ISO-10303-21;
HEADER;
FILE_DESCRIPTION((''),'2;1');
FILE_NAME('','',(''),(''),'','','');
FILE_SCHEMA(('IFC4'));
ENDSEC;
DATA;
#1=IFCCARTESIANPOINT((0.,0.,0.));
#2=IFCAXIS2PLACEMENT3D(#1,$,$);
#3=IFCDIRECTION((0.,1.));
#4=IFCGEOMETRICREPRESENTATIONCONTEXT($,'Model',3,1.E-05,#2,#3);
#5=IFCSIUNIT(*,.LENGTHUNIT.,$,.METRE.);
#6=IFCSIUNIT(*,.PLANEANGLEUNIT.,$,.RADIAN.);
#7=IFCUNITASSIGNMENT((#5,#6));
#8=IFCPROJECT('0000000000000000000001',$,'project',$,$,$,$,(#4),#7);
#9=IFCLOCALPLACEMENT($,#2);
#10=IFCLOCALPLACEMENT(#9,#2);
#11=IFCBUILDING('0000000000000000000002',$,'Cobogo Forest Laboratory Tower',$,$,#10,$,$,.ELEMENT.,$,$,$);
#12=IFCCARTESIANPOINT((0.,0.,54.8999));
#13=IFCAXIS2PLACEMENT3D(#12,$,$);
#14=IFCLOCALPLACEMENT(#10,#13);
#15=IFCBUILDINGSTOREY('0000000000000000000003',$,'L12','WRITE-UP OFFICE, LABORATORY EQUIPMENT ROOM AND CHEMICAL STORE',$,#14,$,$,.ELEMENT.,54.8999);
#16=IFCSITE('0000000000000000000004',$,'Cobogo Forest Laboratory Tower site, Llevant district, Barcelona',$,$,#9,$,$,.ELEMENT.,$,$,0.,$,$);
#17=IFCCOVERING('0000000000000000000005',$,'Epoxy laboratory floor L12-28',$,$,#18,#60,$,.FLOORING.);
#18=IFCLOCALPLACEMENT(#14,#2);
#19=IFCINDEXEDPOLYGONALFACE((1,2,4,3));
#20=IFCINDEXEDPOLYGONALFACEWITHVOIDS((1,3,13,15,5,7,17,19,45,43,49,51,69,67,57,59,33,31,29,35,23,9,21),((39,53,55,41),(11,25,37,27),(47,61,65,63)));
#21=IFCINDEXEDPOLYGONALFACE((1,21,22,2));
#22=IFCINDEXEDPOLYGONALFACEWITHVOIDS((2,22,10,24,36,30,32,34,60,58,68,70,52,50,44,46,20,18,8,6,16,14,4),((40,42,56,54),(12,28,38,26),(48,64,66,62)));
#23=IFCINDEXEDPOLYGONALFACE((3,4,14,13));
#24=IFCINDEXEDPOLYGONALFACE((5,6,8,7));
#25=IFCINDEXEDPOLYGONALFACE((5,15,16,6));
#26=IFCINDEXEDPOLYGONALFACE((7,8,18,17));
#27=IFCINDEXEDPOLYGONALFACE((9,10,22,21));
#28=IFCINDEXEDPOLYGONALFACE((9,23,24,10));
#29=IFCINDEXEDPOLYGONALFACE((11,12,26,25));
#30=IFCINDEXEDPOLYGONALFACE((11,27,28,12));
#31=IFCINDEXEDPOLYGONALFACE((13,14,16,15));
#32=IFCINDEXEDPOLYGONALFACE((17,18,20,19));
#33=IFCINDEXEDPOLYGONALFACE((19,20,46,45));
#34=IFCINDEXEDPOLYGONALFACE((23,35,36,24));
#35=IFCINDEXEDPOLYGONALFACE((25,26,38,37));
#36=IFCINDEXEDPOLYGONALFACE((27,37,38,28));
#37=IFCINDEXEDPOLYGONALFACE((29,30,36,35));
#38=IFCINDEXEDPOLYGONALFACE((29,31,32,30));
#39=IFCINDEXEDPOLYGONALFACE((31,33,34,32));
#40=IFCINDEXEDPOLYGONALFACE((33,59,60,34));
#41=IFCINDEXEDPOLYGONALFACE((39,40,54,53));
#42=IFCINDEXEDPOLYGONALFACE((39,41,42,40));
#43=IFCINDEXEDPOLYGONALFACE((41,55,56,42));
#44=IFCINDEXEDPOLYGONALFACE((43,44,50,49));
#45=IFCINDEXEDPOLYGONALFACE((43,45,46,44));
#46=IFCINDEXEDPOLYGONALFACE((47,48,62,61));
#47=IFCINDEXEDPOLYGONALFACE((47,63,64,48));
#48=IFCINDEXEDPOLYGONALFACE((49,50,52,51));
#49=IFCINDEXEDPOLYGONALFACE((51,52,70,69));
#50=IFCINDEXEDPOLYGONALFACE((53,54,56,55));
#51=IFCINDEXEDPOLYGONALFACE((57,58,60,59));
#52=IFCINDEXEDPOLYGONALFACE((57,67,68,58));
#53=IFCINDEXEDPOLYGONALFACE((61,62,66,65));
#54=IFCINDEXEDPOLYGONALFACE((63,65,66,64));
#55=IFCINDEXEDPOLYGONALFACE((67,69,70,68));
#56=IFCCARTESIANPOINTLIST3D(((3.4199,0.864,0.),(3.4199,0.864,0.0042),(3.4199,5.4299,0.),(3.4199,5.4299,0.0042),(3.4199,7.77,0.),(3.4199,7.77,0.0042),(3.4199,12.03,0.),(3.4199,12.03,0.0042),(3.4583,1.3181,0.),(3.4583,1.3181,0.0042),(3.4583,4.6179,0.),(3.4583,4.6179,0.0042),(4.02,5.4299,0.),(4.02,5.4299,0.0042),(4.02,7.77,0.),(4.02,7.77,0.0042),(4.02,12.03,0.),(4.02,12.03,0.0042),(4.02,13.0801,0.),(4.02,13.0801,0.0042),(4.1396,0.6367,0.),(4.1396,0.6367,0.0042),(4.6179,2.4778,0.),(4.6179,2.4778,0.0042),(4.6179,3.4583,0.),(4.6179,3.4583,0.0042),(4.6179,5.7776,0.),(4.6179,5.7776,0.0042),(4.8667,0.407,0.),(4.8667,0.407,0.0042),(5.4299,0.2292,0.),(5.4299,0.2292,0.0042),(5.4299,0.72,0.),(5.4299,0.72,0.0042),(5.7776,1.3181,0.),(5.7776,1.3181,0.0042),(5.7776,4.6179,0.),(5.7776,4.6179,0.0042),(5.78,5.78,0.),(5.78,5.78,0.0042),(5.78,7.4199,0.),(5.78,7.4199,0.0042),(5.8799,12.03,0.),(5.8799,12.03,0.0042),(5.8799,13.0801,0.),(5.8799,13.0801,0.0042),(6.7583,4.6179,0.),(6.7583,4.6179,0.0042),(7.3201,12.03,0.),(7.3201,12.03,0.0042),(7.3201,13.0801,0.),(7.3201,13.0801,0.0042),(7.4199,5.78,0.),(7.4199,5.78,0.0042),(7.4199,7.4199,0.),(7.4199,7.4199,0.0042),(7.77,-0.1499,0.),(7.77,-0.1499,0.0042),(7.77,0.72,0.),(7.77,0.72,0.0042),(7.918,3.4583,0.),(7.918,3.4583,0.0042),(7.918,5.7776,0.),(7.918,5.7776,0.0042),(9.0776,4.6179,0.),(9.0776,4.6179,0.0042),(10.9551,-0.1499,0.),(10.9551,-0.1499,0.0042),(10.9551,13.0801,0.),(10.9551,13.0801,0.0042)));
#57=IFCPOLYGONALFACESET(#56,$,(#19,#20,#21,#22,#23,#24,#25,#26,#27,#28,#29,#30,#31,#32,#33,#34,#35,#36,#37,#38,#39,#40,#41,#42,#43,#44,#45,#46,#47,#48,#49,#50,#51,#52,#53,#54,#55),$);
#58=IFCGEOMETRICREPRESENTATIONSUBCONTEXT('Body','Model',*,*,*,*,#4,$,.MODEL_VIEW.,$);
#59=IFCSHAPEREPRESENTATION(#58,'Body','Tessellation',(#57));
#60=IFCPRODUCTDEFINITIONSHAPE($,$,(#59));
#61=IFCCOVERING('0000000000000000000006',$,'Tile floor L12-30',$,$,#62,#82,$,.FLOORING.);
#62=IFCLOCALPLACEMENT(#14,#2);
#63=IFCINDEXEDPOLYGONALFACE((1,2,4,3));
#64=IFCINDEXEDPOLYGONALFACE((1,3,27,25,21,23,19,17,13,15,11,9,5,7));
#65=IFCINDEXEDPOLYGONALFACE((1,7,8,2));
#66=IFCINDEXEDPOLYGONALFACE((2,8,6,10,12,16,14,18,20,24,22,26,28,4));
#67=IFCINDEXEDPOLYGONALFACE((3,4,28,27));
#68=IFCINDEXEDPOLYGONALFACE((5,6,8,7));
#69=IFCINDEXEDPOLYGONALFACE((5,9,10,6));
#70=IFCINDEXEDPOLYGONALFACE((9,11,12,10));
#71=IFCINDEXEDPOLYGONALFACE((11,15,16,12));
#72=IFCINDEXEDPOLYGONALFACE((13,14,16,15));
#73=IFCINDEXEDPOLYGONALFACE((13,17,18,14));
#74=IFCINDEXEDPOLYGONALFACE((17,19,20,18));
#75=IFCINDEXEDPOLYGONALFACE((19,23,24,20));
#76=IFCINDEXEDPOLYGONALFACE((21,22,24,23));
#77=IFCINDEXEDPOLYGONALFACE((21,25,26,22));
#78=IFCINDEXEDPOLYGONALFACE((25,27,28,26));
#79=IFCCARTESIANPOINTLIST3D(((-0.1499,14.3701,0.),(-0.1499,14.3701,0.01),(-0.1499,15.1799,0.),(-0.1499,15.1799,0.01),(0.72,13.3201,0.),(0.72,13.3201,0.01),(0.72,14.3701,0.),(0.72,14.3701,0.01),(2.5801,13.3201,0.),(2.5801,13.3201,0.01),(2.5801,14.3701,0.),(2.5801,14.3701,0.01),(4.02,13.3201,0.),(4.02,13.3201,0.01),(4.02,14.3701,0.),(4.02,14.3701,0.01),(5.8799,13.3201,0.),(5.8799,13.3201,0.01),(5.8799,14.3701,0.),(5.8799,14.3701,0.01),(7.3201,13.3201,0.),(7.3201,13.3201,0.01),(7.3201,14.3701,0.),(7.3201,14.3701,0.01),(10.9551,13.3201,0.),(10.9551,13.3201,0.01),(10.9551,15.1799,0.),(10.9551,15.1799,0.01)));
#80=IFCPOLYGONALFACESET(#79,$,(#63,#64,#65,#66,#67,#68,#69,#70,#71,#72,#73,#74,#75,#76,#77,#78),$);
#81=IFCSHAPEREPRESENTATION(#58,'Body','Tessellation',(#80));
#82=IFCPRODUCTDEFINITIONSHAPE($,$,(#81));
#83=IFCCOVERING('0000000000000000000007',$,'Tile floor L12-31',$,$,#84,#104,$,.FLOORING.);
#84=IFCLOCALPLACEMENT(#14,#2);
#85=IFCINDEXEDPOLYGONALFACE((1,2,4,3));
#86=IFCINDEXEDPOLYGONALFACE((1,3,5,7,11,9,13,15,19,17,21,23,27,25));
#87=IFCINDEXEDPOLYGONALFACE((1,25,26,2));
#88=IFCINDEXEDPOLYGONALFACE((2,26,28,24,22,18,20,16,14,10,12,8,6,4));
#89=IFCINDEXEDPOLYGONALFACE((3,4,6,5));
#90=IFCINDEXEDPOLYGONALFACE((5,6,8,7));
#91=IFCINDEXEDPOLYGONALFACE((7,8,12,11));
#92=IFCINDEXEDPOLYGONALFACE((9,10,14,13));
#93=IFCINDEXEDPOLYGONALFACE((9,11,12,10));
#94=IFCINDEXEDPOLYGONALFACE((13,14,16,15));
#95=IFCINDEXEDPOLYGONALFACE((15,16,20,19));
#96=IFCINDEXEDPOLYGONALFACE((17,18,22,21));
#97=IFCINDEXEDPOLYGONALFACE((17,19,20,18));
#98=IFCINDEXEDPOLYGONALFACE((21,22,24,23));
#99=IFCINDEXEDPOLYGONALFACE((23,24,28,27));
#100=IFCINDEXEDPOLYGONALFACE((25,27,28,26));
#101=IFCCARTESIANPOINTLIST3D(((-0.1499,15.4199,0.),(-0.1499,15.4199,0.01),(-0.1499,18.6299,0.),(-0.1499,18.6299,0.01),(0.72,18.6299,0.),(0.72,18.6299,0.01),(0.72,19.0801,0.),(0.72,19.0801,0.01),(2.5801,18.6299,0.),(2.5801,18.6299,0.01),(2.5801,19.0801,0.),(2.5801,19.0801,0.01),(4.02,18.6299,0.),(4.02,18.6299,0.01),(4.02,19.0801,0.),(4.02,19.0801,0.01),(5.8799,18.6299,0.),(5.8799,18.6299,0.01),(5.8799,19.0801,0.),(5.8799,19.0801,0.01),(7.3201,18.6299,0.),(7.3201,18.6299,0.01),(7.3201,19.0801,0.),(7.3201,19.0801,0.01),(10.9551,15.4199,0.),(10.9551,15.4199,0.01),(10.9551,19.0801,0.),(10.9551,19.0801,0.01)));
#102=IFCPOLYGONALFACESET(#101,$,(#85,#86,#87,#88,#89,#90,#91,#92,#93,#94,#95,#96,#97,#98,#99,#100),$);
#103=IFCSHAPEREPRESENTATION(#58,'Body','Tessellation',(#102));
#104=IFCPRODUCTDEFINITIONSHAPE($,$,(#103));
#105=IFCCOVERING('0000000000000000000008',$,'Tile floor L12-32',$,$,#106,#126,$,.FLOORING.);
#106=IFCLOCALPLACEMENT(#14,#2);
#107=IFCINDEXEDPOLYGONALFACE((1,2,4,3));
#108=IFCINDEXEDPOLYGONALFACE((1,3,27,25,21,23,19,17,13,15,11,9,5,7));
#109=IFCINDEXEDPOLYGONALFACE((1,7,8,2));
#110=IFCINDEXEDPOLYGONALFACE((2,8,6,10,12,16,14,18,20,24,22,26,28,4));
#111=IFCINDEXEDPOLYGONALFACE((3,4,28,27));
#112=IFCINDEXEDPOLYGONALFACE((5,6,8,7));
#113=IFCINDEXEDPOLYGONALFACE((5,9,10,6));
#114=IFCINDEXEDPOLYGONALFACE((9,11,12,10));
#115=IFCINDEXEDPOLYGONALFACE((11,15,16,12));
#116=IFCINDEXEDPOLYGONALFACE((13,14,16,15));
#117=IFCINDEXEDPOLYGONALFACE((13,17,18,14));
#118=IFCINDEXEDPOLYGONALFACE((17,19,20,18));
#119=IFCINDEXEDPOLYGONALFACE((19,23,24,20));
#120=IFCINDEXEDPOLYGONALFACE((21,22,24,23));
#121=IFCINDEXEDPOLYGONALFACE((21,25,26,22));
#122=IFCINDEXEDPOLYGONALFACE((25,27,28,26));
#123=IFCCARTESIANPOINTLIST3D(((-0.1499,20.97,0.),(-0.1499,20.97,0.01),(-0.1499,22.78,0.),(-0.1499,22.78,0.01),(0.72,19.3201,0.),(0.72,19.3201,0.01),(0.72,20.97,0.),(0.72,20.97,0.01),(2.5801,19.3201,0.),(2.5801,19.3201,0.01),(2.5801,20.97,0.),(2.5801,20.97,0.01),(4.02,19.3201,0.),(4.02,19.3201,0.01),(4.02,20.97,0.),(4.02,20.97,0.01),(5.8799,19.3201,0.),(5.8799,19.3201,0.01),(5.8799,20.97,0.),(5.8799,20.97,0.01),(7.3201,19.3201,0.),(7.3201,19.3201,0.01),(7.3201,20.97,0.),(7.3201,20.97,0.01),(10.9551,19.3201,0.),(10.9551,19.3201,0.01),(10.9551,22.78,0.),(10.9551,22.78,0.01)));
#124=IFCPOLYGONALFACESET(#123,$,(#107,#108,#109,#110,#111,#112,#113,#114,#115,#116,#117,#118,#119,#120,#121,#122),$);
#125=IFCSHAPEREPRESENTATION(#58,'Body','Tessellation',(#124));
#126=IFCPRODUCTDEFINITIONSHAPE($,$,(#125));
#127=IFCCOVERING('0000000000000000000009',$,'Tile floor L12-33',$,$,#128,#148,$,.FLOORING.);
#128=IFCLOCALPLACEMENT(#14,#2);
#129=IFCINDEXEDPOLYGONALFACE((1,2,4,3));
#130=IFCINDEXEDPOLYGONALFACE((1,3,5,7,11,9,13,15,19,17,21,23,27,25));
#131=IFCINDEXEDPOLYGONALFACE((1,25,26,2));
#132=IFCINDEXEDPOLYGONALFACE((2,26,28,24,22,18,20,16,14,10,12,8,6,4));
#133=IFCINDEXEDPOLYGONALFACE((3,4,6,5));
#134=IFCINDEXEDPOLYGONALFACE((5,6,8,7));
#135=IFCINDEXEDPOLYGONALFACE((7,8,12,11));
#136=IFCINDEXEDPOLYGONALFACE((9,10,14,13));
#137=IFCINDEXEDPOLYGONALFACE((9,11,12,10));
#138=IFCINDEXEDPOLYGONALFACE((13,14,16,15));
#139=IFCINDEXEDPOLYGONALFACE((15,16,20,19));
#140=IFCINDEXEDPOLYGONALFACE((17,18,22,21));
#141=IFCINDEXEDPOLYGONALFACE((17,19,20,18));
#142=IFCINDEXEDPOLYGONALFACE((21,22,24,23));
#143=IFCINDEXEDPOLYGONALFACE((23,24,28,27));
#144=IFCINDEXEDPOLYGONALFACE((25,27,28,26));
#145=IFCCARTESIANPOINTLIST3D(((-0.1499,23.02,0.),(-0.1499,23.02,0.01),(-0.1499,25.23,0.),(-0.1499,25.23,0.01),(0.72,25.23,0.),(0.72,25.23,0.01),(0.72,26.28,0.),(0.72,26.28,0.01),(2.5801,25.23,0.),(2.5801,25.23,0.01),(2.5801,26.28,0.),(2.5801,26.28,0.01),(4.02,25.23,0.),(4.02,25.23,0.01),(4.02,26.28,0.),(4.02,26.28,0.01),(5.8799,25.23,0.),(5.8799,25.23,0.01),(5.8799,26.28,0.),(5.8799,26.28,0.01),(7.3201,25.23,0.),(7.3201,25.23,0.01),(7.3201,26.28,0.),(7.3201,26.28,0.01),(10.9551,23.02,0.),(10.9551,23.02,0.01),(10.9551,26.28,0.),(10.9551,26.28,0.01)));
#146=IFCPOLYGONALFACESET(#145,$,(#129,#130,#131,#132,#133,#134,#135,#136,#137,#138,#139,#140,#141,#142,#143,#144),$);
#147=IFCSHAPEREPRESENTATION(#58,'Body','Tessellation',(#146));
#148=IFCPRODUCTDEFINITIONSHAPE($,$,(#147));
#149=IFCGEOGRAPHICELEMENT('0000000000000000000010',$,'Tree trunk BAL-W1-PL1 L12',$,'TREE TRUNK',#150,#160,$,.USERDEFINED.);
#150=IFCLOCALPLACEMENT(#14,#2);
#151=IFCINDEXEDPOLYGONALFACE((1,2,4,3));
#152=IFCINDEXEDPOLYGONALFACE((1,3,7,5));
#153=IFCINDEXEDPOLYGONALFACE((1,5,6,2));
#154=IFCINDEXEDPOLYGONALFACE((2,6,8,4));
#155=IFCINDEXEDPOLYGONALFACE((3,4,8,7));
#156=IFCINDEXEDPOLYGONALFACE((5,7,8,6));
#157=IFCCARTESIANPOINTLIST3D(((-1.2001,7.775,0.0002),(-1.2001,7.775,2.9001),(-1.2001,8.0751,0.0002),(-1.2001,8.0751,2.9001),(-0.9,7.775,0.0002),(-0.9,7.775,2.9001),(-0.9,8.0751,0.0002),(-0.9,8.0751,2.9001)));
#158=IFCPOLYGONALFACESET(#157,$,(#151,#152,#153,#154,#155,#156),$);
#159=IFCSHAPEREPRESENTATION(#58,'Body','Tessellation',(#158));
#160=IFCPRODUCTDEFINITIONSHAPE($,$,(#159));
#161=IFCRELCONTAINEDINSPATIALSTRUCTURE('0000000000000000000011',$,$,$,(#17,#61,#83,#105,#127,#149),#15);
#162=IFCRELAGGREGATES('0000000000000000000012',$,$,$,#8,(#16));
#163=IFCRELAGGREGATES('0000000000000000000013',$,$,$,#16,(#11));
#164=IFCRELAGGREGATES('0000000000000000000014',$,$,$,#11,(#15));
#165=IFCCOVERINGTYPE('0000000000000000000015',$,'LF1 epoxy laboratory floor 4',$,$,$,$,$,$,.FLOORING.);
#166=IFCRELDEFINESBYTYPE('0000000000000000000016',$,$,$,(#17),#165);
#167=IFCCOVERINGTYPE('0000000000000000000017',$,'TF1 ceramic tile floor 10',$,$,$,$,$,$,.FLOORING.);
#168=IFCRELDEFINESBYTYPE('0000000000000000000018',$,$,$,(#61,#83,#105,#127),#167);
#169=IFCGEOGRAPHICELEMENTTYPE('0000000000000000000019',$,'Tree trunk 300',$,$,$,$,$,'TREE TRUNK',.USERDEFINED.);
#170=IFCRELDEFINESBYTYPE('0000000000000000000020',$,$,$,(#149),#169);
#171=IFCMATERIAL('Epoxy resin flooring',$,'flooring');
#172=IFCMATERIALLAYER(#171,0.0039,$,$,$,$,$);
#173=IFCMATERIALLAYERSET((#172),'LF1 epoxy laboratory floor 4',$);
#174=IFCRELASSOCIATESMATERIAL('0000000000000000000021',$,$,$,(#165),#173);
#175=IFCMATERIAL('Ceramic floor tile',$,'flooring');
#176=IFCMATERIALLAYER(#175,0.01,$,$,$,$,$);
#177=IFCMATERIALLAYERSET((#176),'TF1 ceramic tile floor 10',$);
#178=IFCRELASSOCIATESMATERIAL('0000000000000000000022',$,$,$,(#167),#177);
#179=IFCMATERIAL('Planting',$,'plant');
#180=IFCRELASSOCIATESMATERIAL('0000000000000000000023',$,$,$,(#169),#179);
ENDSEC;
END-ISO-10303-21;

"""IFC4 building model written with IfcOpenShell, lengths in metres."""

from ifc_helpers import new_model, si_unit, direction, frame, origin, origin_2d, place, context, subcontext, project, spatial, polyline, rectangle, outline, extrude, material, layer, layer_set, type_object, element, save


model = new_model("IFC4")

# Units and contexts
model_context = context("Model", 3, precision=1e-05, world=origin(), true_north=direction((0.0, 1.0)))
body_context = subcontext(model_context, "Body", "Model", "MODEL_VIEW")
ifc_project = project(units=[si_unit("LENGTHUNIT", "METRE"), si_unit("PLANEANGLEUNIT", "RADIAN")], contexts=[model_context])

# Site, building, storey
site_placement = place(None, origin())
site = spatial("IfcSite", under=ifc_project, at=site_placement, Name="Cobogo Forest Laboratory Tower site, Llevant district, Barcelona", CompositionType="ELEMENT", RefElevation=0.0)
building_placement = place(site_placement, origin())
building = spatial("IfcBuilding", under=site, at=building_placement, Name="Cobogo Forest Laboratory Tower", CompositionType="ELEMENT")
storey_placement = place(building_placement, frame((0.0, 0.0, 54.8999)))
storey = spatial("IfcBuildingStorey", under=building, at=storey_placement, Name="L12", Description="WRITE-UP OFFICE, LABORATORY EQUIPMENT ROOM AND CHEMICAL STORE", CompositionType="ELEMENT", Elevation=54.8999)

# Coverings
ifc_material_1 = material(Name="Epoxy resin flooring", Category="flooring")
ifc_layer_1 = layer(ifc_material_1, 0.0039)
ifc_layer_set_1 = layer_set([ifc_layer_1], Name="LF1 epoxy laboratory floor 4")
covering_type_1 = type_object("IfcCoveringType", Name="LF1 epoxy laboratory floor 4", PredefinedType="FLOORING", material=ifc_layer_set_1)
covering_1_placement = place(storey_placement, origin())
element("IfcCovering", 1, at=covering_1_placement, inside=storey, type_object=covering_type_1, Name="Epoxy laboratory floor L12-28", PredefinedType="FLOORING", context=body_context, shape_type="SweptSolid", body=[
    extrude(outline(polyline([(5.8799, 13.0801), (5.8799, 12.03), (7.3201, 12.03), (7.3201, 13.0801), (10.9551, 13.0801), (10.9551, -0.1499), (7.77, -0.1499), (7.77, 0.72), (5.4299, 0.72), (5.4299, 0.2292), (4.8667, 0.407), (5.7776, 1.3181), (4.6179, 2.4778), (3.4583, 1.3181), (4.1396, 0.6367), (3.4199, 0.864), (3.4199, 5.4299), (4.02, 5.4299), (4.02, 7.77), (3.4199, 7.77), (3.4199, 12.03), (4.02, 12.03), (4.02, 13.0801), (5.8799, 13.0801)]), holes=[polyline([(7.918, 5.7776), (6.7583, 4.6179), (7.918, 3.4583), (9.0776, 4.6179), (7.918, 5.7776)]), polyline([(5.78, 7.4199), (5.78, 5.78), (7.4199, 5.78), (7.4199, 7.4199), (5.78, 7.4199)]), polyline([(3.4583, 4.6179), (4.6179, 3.4583), (5.7776, 4.6179), (4.6179, 5.7776), (3.4583, 4.6179)])]), origin(), (0.0, 0.0, 1.0), 0.0042),
])
ifc_material_2 = material(Name="Ceramic floor tile", Category="flooring")
ifc_layer_2 = layer(ifc_material_2, 0.01)
ifc_layer_set_2 = layer_set([ifc_layer_2], Name="TF1 ceramic tile floor 10")
covering_type_2 = type_object("IfcCoveringType", Name="TF1 ceramic tile floor 10", PredefinedType="FLOORING", material=ifc_layer_set_2)
covering_2_placement = place(storey_placement, origin())
element("IfcCovering", 2, at=covering_2_placement, inside=storey, type_object=covering_type_2, Name="Tile floor L12-30", PredefinedType="FLOORING", context=body_context, shape_type="SweptSolid", body=[
    extrude(outline(polyline([(10.9551, 13.3201), (7.3201, 13.3201), (7.3201, 14.3701), (5.8799, 14.3701), (5.8799, 13.3201), (4.02, 13.3201), (4.02, 14.3701), (2.5801, 14.3701), (2.5801, 13.3201), (0.72, 13.3201), (0.72, 14.3701), (-0.1499, 14.3701), (-0.1499, 15.1799), (10.9551, 15.1799), (10.9551, 13.3201)])), origin(), (0.0, 0.0, 1.0), 0.01),
])
covering_3_placement = place(storey_placement, origin())
element("IfcCovering", 3, at=covering_3_placement, inside=storey, type_object=covering_type_2, Name="Tile floor L12-31", PredefinedType="FLOORING", context=body_context, shape_type="SweptSolid", body=[
    extrude(outline(polyline([(10.9551, 15.4199), (-0.1499, 15.4199), (-0.1499, 18.6299), (0.72, 18.6299), (0.72, 19.0801), (2.5801, 19.0801), (2.5801, 18.6299), (4.02, 18.6299), (4.02, 19.0801), (5.8799, 19.0801), (5.8799, 18.6299), (7.3201, 18.6299), (7.3201, 19.0801), (10.9551, 19.0801), (10.9551, 15.4199)])), origin(), (0.0, 0.0, 1.0), 0.01),
])
covering_4_placement = place(storey_placement, origin())
element("IfcCovering", 4, at=covering_4_placement, inside=storey, type_object=covering_type_2, Name="Tile floor L12-32", PredefinedType="FLOORING", context=body_context, shape_type="SweptSolid", body=[
    extrude(outline(polyline([(10.9551, 19.3201), (7.3201, 19.3201), (7.3201, 20.97), (5.8799, 20.97), (5.8799, 19.3201), (4.02, 19.3201), (4.02, 20.97), (2.5801, 20.97), (2.5801, 19.3201), (0.72, 19.3201), (0.72, 20.97), (-0.1499, 20.97), (-0.1499, 22.78), (10.9551, 22.78), (10.9551, 19.3201)])), origin(), (0.0, 0.0, 1.0), 0.01),
])
covering_5_placement = place(storey_placement, origin())
element("IfcCovering", 5, at=covering_5_placement, inside=storey, type_object=covering_type_2, Name="Tile floor L12-33", PredefinedType="FLOORING", context=body_context, shape_type="SweptSolid", body=[
    extrude(outline(polyline([(10.9551, 23.02), (-0.1499, 23.02), (-0.1499, 25.23), (0.72, 25.23), (0.72, 26.28), (2.5801, 26.28), (2.5801, 25.23), (4.02, 25.23), (4.02, 26.28), (5.8799, 26.28), (5.8799, 25.23), (7.3201, 25.23), (7.3201, 26.28), (10.9551, 26.28), (10.9551, 23.02)])), origin(), (0.0, 0.0, 1.0), 0.01),
])

# Geographic element
ifc_material_3 = material(Name="Planting", Category="plant")
geographic_element_type = type_object("IfcGeographicElementType", Name="Tree trunk 300", ElementType="TREE TRUNK", PredefinedType="USERDEFINED", material=ifc_material_3)
geographic_element_placement = place(storey_placement, frame((-1.05, 7.925, 0.0002), z_axis=(0.0, 0.0, 1.0), x_axis=(1.0, 0.0, 0.0)))
element("IfcGeographicElement", 6, at=geographic_element_placement, inside=storey, type_object=geographic_element_type, Name="Tree trunk BAL-W1-PL1 L12", ObjectType="TREE TRUNK", PredefinedType="USERDEFINED", context=body_context, shape_type="SweptSolid", body=[
    extrude(rectangle(XDim=0.3, YDim=0.3, at=origin_2d()), origin(), (0.0, 0.0, 1.0), 2.8999),
])

save(model, "model.ifc")
